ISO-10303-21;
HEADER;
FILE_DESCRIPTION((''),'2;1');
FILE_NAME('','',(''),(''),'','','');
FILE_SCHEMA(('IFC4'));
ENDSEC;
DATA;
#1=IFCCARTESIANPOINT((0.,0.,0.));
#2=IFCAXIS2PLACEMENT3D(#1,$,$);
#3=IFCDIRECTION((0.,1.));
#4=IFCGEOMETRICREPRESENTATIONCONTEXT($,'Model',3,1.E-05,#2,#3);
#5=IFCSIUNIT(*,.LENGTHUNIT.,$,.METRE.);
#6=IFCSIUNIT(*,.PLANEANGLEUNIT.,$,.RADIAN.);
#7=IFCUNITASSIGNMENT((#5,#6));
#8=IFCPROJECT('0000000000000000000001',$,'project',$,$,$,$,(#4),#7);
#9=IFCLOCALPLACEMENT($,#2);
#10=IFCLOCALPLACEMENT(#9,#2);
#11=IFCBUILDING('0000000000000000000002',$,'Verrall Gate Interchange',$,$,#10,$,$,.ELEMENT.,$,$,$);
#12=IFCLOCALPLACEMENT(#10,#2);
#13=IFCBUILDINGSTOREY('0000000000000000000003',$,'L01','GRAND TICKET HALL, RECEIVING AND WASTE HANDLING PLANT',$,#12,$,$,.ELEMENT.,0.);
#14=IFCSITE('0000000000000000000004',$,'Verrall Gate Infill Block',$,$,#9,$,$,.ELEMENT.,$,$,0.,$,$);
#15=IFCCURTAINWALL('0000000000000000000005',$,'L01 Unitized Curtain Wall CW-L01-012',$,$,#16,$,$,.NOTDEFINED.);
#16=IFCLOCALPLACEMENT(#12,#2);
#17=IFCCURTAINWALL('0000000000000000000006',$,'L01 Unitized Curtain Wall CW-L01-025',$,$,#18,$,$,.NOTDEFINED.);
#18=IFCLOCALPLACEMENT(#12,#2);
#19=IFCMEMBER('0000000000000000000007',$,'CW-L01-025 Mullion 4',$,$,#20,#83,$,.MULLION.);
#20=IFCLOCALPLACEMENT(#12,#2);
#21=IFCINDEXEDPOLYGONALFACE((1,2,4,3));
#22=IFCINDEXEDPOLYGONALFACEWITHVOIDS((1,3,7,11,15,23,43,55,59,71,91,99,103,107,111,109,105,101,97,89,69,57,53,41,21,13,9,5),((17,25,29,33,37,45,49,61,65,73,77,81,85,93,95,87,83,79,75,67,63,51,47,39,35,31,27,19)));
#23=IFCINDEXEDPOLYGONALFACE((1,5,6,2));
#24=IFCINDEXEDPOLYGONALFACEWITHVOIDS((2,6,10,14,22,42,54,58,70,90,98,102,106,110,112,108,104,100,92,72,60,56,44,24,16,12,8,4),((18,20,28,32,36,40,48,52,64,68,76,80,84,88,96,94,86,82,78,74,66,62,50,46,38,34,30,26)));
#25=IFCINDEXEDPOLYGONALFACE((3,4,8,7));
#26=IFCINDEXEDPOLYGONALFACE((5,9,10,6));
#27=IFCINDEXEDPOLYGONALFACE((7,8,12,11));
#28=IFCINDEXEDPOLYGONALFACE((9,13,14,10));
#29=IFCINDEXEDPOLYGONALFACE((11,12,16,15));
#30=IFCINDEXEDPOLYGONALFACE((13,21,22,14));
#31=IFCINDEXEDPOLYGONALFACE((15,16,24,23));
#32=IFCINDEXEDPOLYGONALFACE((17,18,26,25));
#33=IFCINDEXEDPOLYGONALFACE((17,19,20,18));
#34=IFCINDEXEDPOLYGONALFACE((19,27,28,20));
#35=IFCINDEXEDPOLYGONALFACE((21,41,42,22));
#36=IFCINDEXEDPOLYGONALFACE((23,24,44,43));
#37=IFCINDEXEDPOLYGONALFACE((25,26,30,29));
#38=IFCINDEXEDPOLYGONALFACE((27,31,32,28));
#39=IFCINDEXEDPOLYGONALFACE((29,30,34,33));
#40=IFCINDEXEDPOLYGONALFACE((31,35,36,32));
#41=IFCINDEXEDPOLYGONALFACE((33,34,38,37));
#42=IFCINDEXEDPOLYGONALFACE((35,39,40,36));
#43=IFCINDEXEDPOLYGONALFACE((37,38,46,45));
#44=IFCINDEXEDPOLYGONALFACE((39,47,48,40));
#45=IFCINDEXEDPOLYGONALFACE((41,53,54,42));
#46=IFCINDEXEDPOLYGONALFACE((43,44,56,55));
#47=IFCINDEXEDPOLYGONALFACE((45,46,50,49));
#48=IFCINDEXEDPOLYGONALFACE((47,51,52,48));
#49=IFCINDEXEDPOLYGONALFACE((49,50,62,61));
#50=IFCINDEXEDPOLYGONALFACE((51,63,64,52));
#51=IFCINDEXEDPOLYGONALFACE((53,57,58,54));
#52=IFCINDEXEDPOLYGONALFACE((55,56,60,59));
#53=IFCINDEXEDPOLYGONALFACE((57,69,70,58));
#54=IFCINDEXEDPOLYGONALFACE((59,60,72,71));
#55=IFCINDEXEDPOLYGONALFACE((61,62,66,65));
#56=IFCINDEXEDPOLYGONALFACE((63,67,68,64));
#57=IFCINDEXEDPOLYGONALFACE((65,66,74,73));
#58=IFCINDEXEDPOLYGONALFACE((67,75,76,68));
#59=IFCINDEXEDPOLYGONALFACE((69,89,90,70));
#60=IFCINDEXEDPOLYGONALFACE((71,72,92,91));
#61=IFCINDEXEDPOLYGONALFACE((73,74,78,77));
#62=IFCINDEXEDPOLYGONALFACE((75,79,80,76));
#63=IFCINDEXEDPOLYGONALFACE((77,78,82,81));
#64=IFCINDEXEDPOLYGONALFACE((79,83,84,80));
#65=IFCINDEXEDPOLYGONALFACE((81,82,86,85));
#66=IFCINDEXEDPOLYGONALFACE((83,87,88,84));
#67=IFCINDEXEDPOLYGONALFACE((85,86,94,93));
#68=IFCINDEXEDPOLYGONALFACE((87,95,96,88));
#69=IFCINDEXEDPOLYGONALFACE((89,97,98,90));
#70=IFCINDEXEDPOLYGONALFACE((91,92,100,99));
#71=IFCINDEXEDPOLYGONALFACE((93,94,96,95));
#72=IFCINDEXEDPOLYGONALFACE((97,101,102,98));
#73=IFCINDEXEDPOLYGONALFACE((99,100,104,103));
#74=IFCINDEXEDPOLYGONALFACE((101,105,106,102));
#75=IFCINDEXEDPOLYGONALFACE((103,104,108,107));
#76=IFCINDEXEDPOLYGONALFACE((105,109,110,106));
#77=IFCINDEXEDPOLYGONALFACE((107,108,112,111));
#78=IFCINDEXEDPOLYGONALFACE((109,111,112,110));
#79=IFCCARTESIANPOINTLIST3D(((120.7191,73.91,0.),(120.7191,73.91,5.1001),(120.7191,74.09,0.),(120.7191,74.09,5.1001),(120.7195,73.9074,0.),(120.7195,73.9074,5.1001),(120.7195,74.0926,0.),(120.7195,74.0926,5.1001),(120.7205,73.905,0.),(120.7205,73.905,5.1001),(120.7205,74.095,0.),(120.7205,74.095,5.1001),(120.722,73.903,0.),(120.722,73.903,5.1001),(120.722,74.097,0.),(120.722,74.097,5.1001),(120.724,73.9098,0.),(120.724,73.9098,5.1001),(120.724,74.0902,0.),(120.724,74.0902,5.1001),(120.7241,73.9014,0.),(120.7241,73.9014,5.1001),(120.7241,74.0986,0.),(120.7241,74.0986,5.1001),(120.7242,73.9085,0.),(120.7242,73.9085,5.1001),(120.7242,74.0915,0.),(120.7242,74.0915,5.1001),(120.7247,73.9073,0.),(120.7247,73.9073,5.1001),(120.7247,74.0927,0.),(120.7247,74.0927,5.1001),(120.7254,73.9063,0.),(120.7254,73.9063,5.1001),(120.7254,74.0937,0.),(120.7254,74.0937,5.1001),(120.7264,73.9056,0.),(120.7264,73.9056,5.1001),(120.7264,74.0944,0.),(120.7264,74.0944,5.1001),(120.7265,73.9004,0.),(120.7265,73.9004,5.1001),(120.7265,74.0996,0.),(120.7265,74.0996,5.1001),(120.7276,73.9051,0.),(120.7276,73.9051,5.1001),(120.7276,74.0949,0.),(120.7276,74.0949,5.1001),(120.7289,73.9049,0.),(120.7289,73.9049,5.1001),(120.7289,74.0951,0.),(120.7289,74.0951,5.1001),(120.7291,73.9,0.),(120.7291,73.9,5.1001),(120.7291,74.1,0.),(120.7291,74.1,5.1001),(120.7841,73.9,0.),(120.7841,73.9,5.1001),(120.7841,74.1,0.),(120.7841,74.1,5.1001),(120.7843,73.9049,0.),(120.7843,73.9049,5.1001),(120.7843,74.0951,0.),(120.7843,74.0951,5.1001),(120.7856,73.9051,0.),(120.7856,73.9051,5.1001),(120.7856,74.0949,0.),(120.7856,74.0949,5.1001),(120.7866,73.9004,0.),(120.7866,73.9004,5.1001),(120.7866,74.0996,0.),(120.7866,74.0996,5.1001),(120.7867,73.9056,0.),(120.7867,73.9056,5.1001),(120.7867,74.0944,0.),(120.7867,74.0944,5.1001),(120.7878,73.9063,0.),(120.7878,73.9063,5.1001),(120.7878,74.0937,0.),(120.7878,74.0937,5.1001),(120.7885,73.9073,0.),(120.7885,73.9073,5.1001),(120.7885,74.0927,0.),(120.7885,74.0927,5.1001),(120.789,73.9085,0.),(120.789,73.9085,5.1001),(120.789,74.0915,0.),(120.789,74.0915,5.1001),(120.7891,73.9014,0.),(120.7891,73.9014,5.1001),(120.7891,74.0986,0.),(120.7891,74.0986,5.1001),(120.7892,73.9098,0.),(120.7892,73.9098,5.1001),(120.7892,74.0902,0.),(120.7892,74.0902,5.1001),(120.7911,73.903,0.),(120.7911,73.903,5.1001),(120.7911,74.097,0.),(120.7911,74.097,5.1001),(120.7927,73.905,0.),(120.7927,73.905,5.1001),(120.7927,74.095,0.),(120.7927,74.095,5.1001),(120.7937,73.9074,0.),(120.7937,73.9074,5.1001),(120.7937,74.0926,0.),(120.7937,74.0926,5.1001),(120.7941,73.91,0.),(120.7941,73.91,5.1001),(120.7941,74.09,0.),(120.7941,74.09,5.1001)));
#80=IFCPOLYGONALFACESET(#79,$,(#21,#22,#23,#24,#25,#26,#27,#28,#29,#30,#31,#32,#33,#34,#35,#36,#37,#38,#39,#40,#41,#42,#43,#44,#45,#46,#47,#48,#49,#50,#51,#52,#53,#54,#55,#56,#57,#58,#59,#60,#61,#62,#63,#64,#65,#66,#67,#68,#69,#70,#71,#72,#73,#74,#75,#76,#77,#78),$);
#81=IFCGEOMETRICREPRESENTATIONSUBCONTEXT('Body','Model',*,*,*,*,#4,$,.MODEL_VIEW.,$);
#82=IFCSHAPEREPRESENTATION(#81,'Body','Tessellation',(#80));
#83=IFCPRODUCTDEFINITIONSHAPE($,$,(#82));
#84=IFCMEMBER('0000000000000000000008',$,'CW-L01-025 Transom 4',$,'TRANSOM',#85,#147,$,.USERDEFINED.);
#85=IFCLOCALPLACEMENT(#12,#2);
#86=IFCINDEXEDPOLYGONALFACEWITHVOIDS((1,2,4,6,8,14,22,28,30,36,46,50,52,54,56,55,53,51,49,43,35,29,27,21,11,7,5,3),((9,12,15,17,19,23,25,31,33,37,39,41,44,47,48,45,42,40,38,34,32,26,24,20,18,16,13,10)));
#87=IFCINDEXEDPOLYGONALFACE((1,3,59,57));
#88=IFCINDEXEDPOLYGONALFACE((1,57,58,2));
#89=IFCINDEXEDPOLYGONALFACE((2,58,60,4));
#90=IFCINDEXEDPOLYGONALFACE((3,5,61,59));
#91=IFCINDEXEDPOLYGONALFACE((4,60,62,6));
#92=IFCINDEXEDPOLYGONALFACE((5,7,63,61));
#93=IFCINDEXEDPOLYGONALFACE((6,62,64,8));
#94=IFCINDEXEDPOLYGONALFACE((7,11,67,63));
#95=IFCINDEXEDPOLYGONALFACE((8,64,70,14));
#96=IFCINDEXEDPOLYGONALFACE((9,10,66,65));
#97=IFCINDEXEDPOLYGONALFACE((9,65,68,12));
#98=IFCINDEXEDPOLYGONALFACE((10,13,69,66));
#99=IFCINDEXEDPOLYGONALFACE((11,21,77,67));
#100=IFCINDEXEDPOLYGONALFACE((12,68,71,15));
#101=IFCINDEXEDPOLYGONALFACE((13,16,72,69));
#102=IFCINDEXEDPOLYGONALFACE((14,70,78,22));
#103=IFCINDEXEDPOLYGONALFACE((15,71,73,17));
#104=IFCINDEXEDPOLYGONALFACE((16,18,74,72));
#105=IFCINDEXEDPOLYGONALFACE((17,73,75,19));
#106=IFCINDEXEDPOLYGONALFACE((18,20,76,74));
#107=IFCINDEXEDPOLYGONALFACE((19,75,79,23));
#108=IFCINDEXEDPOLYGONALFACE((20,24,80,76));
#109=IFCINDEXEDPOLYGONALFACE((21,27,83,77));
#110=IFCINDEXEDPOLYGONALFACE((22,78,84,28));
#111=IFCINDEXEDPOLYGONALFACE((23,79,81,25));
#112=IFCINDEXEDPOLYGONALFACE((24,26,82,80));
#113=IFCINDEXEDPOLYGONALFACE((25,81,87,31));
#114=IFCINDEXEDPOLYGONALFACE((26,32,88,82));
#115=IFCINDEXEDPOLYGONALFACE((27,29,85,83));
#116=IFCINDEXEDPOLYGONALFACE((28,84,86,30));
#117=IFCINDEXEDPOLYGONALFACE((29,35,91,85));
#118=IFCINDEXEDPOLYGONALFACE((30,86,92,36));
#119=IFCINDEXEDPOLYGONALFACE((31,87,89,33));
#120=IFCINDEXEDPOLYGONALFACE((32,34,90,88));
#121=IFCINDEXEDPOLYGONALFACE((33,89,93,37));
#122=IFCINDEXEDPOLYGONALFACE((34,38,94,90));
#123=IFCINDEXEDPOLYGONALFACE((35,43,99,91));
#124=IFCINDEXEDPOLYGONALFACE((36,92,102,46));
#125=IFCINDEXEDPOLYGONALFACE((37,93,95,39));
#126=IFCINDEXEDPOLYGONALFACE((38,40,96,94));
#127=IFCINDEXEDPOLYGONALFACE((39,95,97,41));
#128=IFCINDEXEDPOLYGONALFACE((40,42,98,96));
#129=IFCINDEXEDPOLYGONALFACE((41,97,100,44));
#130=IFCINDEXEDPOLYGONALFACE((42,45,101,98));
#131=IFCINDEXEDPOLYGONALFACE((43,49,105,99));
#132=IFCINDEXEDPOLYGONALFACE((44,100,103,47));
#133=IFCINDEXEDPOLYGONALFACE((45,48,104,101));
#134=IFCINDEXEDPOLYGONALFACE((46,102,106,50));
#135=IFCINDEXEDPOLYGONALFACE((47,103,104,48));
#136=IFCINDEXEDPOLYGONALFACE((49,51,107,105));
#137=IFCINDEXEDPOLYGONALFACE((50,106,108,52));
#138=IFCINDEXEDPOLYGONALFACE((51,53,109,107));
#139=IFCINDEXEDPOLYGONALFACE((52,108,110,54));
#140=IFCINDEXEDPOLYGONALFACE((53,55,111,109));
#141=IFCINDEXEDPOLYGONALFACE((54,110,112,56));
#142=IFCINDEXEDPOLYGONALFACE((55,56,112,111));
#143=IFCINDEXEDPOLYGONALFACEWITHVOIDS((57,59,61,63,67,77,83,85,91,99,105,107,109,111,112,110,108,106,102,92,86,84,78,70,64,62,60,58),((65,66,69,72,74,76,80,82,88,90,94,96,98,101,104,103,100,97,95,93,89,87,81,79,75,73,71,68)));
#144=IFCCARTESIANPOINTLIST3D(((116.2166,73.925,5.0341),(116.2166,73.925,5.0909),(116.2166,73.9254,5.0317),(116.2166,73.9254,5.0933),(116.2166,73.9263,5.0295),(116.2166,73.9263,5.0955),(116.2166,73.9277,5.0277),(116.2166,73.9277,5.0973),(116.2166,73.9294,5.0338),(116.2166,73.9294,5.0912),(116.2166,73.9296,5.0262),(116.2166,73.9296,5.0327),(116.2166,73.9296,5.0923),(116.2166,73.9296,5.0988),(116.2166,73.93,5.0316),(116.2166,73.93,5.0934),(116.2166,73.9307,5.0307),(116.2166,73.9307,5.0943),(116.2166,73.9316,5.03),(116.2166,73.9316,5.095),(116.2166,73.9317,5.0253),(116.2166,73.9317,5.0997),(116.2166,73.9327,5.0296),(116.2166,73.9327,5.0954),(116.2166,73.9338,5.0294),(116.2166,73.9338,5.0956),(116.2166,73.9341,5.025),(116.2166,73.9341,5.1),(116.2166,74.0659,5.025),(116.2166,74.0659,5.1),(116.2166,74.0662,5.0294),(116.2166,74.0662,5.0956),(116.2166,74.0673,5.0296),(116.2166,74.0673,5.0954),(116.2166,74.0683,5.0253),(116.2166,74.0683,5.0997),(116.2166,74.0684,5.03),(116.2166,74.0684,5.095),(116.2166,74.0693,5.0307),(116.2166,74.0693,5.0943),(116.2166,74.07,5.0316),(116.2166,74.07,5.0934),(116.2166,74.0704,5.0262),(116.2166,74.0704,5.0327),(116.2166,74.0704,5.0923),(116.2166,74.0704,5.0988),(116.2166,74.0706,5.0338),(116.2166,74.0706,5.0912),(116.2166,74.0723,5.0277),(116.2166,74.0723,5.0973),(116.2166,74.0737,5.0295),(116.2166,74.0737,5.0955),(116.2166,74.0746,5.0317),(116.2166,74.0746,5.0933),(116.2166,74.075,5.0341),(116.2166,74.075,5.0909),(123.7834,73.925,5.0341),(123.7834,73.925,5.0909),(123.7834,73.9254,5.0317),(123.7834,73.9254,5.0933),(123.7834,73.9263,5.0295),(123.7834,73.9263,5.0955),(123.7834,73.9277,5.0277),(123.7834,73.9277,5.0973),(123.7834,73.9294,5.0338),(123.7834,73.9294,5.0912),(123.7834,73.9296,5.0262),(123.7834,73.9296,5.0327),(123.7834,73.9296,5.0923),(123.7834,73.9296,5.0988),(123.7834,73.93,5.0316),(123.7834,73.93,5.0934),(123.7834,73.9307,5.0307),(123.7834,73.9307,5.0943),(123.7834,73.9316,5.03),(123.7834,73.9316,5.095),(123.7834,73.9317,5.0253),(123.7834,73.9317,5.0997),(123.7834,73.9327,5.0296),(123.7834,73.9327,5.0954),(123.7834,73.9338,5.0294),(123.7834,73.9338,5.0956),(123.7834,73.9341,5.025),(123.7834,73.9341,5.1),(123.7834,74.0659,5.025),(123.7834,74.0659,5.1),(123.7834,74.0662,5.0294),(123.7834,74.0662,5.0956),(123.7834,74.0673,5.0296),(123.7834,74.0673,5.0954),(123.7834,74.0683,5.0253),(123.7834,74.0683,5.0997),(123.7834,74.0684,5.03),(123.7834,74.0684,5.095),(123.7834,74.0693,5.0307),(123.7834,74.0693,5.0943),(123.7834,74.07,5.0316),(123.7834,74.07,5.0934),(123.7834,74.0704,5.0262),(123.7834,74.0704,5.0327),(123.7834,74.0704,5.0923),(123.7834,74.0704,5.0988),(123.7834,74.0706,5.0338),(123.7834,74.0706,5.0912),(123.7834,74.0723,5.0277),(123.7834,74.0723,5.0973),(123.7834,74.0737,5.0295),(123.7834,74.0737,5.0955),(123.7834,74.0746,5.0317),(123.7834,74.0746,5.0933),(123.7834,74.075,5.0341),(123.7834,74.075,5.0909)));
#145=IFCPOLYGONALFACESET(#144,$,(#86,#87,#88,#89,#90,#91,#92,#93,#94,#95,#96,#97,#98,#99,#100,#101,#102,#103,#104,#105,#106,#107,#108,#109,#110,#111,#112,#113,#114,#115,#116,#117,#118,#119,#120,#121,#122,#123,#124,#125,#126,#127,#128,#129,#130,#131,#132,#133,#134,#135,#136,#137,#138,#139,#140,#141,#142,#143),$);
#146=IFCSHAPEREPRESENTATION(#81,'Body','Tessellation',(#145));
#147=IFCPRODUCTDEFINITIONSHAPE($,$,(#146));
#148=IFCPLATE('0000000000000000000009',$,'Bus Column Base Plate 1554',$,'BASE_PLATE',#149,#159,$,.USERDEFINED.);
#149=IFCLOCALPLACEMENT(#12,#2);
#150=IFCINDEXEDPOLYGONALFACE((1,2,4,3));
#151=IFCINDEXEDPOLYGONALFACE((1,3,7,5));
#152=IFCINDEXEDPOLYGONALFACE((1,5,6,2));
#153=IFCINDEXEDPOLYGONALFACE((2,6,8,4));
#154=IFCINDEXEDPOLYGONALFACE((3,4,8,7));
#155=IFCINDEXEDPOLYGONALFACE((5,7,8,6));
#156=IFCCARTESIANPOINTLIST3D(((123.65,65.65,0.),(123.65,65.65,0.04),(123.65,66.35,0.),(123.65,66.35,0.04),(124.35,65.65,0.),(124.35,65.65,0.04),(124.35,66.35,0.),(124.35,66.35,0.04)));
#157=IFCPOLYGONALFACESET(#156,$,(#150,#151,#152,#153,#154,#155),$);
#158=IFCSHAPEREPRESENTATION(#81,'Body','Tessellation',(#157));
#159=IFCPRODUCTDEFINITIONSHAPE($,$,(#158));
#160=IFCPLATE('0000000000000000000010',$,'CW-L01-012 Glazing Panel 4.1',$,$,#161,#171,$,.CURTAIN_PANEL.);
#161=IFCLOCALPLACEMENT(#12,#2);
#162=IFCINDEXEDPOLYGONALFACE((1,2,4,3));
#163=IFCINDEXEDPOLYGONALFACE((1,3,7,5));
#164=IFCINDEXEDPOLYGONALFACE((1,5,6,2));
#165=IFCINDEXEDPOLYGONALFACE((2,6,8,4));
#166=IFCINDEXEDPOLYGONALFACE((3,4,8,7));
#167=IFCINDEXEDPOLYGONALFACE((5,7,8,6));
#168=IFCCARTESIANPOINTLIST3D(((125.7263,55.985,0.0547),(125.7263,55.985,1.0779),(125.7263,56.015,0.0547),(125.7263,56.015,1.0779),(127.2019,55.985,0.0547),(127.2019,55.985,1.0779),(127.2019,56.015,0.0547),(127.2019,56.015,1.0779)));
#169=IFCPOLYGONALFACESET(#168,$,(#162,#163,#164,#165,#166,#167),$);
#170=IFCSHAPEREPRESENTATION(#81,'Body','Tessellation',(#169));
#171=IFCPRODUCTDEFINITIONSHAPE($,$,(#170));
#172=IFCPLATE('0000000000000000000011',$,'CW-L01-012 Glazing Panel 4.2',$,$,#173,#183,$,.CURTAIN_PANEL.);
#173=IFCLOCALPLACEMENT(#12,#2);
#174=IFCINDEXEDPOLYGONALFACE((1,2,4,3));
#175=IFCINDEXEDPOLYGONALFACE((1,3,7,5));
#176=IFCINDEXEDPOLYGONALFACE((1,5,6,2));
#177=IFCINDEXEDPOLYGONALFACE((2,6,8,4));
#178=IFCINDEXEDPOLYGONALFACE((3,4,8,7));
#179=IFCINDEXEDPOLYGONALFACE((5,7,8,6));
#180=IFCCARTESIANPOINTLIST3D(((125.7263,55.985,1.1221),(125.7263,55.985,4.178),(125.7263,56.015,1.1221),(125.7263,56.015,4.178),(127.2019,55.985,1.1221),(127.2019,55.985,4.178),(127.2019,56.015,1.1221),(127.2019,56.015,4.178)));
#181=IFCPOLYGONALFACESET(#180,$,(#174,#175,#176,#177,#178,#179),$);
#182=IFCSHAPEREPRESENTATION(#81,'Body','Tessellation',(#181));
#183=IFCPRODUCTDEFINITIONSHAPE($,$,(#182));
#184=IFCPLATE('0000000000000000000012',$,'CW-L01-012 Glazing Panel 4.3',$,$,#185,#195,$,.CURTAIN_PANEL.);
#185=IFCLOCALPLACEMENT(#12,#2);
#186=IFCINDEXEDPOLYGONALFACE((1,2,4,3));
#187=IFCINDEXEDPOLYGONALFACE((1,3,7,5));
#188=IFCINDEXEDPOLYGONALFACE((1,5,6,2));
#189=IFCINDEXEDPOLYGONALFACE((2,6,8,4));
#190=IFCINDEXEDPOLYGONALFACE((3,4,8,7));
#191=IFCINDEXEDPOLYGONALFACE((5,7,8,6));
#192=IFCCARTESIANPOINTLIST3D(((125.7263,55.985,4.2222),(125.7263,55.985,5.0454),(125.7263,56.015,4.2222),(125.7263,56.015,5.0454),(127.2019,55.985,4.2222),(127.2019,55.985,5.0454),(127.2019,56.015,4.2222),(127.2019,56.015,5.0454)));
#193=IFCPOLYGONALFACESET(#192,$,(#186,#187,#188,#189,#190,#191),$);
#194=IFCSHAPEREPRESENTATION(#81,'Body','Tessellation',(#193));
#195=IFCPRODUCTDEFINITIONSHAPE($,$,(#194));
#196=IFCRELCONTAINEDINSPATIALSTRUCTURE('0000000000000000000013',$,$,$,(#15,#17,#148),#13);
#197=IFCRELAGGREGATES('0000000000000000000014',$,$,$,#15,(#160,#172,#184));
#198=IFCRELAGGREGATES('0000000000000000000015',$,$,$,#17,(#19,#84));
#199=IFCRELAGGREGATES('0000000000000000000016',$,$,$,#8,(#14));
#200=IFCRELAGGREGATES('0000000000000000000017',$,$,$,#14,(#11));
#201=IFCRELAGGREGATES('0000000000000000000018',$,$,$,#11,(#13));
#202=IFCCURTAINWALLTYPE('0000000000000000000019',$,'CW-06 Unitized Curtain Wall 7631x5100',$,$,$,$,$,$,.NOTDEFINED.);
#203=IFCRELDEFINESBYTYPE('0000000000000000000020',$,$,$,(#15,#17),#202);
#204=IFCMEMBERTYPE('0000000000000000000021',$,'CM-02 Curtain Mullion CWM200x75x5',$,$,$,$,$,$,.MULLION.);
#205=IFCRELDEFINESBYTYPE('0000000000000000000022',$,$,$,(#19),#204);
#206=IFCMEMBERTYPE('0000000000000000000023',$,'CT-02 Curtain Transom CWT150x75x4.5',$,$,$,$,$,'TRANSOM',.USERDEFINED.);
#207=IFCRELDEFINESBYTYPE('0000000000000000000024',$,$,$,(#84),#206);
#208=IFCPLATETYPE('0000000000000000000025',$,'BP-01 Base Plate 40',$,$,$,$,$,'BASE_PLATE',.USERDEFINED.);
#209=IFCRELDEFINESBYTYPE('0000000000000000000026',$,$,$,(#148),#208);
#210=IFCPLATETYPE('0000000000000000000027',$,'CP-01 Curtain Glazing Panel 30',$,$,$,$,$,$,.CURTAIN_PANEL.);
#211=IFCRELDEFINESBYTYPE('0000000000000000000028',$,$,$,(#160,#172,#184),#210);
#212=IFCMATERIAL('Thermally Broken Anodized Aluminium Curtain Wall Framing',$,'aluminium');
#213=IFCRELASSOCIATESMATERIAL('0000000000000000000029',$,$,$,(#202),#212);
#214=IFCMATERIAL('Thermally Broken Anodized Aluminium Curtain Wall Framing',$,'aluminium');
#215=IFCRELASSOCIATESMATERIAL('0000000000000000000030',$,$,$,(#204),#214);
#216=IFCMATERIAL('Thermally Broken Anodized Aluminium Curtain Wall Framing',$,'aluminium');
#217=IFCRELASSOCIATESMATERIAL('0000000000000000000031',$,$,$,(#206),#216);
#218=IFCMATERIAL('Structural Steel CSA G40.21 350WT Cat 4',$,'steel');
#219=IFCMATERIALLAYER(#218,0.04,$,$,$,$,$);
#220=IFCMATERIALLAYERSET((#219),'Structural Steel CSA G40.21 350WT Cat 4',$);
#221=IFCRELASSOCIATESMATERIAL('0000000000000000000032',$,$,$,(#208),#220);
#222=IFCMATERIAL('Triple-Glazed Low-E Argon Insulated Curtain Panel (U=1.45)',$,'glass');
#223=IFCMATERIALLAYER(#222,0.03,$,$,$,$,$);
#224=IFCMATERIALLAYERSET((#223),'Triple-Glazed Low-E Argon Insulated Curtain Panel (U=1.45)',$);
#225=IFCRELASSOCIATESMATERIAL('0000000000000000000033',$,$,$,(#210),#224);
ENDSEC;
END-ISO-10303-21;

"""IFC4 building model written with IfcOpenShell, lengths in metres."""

from ifc_helpers import new_model, si_unit, direction, frame, origin, origin_2d, place, context, subcontext, project, spatial, rectangle, hollow_rectangle, extrude, material, layer, layer_set, material_profile, profile_set, type_object, element, aggregate, save


model = new_model("IFC4")

# Units and contexts
model_context = context("Model", 3, precision=1e-05, world=origin(), true_north=direction((0.0, 1.0)))
body_context = subcontext(model_context, "Body", "Model", "MODEL_VIEW")
ifc_project = project(units=[si_unit("LENGTHUNIT", "METRE"), si_unit("PLANEANGLEUNIT", "RADIAN")], contexts=[model_context])

# Site, building, storey
site_placement = place(None, origin())
site = spatial("IfcSite", under=ifc_project, at=site_placement, Name="Verrall Gate Infill Block", CompositionType="ELEMENT", RefElevation=0.0)
building_placement = place(site_placement, origin())
building = spatial("IfcBuilding", under=site, at=building_placement, Name="Verrall Gate Interchange", CompositionType="ELEMENT")
storey_placement = place(building_placement, origin())
storey = spatial("IfcBuildingStorey", under=building, at=storey_placement, Name="L01", Description="GRAND TICKET HALL, RECEIVING AND WASTE HANDLING PLANT", CompositionType="ELEMENT", Elevation=0.0)

# Curtain wall
ifc_material_1 = material(Name="Thermally Broken Anodized Aluminium Curtain Wall Framing", Category="aluminium")
curtain_wall_type = type_object("IfcCurtainWallType", Name="CW-06 Unitized Curtain Wall 7631x5100", PredefinedType="NOTDEFINED", material=ifc_material_1)
curtain_wall_1_placement = place(storey_placement, origin())
curtain_wall_1 = element("IfcCurtainWall", 1, at=curtain_wall_1_placement, inside=storey, type_object=curtain_wall_type, Name="L01 Unitized Curtain Wall CW-L01-012", PredefinedType="NOTDEFINED")

# Curtain wall, members
curtain_wall_2_placement = place(storey_placement, origin())
curtain_wall_2 = element("IfcCurtainWall", 2, at=curtain_wall_2_placement, inside=storey, type_object=curtain_wall_type, Name="L01 Unitized Curtain Wall CW-L01-025", PredefinedType="NOTDEFINED")
ifc_material_2 = material(Name="Thermally Broken Anodized Aluminium Curtain Wall Framing", Category="aluminium")
ifc_material_profile_1 = material_profile(ifc_material_2, hollow_rectangle(XDim=0.075, YDim=0.2, WallThickness=0.0049, InnerFilletRadius=0.0049, OuterFilletRadius=0.01, at=origin_2d()), Name="CWM200x75x5")
ifc_profile_set_1 = profile_set([ifc_material_profile_1], Name="Thermally Broken Anodized Aluminium Curtain Wall Framing")
member_type_1 = type_object("IfcMemberType", Name="CM-02 Curtain Mullion CWM200x75x5", PredefinedType="MULLION", material=ifc_profile_set_1)
member_1_placement = place(storey_placement, frame((120.7566, 74.0, 0.0), z_axis=(0.0, 0.0, 1.0), x_axis=(1.0, 0.0, 0.0)))
member_1 = element("IfcMember", 3, at=member_1_placement, type_object=member_type_1, Name="CW-L01-025 Mullion 4", PredefinedType="MULLION", context=body_context, shape_type="SweptSolid", body=[
    extrude(hollow_rectangle(XDim=0.075, YDim=0.2, WallThickness=0.0049, InnerFilletRadius=0.0049, OuterFilletRadius=0.01, at=origin_2d()), origin(), (0.0, 0.0, 1.0), 5.1001),
])
ifc_material_3 = material(Name="Thermally Broken Anodized Aluminium Curtain Wall Framing", Category="aluminium")
ifc_material_profile_2 = material_profile(ifc_material_3, hollow_rectangle(XDim=0.1499, YDim=0.075, WallThickness=0.0044, InnerFilletRadius=0.0044, OuterFilletRadius=0.009, at=origin_2d()), Name="CWT150x75x4.5")
ifc_profile_set_2 = profile_set([ifc_material_profile_2], Name="Thermally Broken Anodized Aluminium Curtain Wall Framing")
member_type_2 = type_object("IfcMemberType", Name="CT-02 Curtain Transom CWT150x75x4.5", ElementType="TRANSOM", PredefinedType="USERDEFINED", material=ifc_profile_set_2)
member_2_placement = place(storey_placement, frame((116.2166, 74.0, 5.0625), z_axis=(1.0, 0.0, 0.0), x_axis=(0.0, 1.0, 0.0)))
member_2 = element("IfcMember", 4, at=member_2_placement, type_object=member_type_2, Name="CW-L01-025 Transom 4", ObjectType="TRANSOM", PredefinedType="USERDEFINED", context=body_context, shape_type="SweptSolid", body=[
    extrude(hollow_rectangle(XDim=0.1499, YDim=0.075, WallThickness=0.0044, InnerFilletRadius=0.0044, OuterFilletRadius=0.009, at=origin_2d()), origin(), (0.0, 0.0, 1.0), 7.5669),
])

# Plates
ifc_material_4 = material(Name="Structural Steel CSA G40.21 350WT Cat 4", Category="steel")
ifc_layer_1 = layer(ifc_material_4, 0.04)
ifc_layer_set_1 = layer_set([ifc_layer_1], Name="Structural Steel CSA G40.21 350WT Cat 4")
plate_type_1 = type_object("IfcPlateType", Name="BP-01 Base Plate 40", ElementType="BASE_PLATE", PredefinedType="USERDEFINED", material=ifc_layer_set_1)
plate_1_placement = place(storey_placement, frame((124.0, 66.0, 0.0), z_axis=(0.0, 0.0, 1.0), x_axis=(1.0, 0.0, 0.0)))
element("IfcPlate", 5, at=plate_1_placement, inside=storey, type_object=plate_type_1, Name="Bus Column Base Plate 1554", ObjectType="BASE_PLATE", PredefinedType="USERDEFINED", context=body_context, shape_type="SweptSolid", body=[
    extrude(rectangle(XDim=0.7, YDim=0.7, at=origin_2d()), origin(), (0.0, 0.0, 1.0), 0.04),
])
ifc_material_5 = material(Name="Triple-Glazed Low-E Argon Insulated Curtain Panel (U=1.45)", Category="glass")
ifc_layer_2 = layer(ifc_material_5, 0.03)
ifc_layer_set_2 = layer_set([ifc_layer_2], Name="Triple-Glazed Low-E Argon Insulated Curtain Panel (U=1.45)")
plate_type_2 = type_object("IfcPlateType", Name="CP-01 Curtain Glazing Panel 30", PredefinedType="CURTAIN_PANEL", material=ifc_layer_set_2)
plate_2_placement = place(storey_placement, frame((126.4641, 56.0, 0.0547), z_axis=(0.0, 0.0, 1.0), x_axis=(-1.0, 0.0, 0.0)))
plate_2 = element("IfcPlate", 6, at=plate_2_placement, type_object=plate_type_2, Name="CW-L01-012 Glazing Panel 4.1", PredefinedType="CURTAIN_PANEL", context=body_context, shape_type="SweptSolid", body=[
    extrude(rectangle(XDim=1.4756, YDim=0.03, at=origin_2d()), origin(), (0.0, 0.0, 1.0), 1.0232),
])
plate_3_placement = place(storey_placement, frame((126.4641, 56.0, 1.1221), z_axis=(0.0, 0.0, 1.0), x_axis=(-1.0, 0.0, 0.0)))
plate_3 = element("IfcPlate", 7, at=plate_3_placement, type_object=plate_type_2, Name="CW-L01-012 Glazing Panel 4.2", PredefinedType="CURTAIN_PANEL", context=body_context, shape_type="SweptSolid", body=[
    extrude(rectangle(XDim=1.4756, YDim=0.03, at=origin_2d()), origin(), (0.0, 0.0, 1.0), 3.0559),
])
plate_4_placement = place(storey_placement, frame((126.4641, 56.0, 4.2222), z_axis=(0.0, 0.0, 1.0), x_axis=(-1.0, 0.0, 0.0)))
plate_4 = element("IfcPlate", 8, at=plate_4_placement, type_object=plate_type_2, Name="CW-L01-012 Glazing Panel 4.3", PredefinedType="CURTAIN_PANEL", context=body_context, shape_type="SweptSolid", body=[
    extrude(rectangle(XDim=1.4756, YDim=0.03, at=origin_2d()), origin(), (0.0, 0.0, 1.0), 0.8232),
])
aggregate(curtain_wall_1, [plate_2, plate_3, plate_4])
aggregate(curtain_wall_2, [member_1, member_2])

save(model, "model.ifc")
